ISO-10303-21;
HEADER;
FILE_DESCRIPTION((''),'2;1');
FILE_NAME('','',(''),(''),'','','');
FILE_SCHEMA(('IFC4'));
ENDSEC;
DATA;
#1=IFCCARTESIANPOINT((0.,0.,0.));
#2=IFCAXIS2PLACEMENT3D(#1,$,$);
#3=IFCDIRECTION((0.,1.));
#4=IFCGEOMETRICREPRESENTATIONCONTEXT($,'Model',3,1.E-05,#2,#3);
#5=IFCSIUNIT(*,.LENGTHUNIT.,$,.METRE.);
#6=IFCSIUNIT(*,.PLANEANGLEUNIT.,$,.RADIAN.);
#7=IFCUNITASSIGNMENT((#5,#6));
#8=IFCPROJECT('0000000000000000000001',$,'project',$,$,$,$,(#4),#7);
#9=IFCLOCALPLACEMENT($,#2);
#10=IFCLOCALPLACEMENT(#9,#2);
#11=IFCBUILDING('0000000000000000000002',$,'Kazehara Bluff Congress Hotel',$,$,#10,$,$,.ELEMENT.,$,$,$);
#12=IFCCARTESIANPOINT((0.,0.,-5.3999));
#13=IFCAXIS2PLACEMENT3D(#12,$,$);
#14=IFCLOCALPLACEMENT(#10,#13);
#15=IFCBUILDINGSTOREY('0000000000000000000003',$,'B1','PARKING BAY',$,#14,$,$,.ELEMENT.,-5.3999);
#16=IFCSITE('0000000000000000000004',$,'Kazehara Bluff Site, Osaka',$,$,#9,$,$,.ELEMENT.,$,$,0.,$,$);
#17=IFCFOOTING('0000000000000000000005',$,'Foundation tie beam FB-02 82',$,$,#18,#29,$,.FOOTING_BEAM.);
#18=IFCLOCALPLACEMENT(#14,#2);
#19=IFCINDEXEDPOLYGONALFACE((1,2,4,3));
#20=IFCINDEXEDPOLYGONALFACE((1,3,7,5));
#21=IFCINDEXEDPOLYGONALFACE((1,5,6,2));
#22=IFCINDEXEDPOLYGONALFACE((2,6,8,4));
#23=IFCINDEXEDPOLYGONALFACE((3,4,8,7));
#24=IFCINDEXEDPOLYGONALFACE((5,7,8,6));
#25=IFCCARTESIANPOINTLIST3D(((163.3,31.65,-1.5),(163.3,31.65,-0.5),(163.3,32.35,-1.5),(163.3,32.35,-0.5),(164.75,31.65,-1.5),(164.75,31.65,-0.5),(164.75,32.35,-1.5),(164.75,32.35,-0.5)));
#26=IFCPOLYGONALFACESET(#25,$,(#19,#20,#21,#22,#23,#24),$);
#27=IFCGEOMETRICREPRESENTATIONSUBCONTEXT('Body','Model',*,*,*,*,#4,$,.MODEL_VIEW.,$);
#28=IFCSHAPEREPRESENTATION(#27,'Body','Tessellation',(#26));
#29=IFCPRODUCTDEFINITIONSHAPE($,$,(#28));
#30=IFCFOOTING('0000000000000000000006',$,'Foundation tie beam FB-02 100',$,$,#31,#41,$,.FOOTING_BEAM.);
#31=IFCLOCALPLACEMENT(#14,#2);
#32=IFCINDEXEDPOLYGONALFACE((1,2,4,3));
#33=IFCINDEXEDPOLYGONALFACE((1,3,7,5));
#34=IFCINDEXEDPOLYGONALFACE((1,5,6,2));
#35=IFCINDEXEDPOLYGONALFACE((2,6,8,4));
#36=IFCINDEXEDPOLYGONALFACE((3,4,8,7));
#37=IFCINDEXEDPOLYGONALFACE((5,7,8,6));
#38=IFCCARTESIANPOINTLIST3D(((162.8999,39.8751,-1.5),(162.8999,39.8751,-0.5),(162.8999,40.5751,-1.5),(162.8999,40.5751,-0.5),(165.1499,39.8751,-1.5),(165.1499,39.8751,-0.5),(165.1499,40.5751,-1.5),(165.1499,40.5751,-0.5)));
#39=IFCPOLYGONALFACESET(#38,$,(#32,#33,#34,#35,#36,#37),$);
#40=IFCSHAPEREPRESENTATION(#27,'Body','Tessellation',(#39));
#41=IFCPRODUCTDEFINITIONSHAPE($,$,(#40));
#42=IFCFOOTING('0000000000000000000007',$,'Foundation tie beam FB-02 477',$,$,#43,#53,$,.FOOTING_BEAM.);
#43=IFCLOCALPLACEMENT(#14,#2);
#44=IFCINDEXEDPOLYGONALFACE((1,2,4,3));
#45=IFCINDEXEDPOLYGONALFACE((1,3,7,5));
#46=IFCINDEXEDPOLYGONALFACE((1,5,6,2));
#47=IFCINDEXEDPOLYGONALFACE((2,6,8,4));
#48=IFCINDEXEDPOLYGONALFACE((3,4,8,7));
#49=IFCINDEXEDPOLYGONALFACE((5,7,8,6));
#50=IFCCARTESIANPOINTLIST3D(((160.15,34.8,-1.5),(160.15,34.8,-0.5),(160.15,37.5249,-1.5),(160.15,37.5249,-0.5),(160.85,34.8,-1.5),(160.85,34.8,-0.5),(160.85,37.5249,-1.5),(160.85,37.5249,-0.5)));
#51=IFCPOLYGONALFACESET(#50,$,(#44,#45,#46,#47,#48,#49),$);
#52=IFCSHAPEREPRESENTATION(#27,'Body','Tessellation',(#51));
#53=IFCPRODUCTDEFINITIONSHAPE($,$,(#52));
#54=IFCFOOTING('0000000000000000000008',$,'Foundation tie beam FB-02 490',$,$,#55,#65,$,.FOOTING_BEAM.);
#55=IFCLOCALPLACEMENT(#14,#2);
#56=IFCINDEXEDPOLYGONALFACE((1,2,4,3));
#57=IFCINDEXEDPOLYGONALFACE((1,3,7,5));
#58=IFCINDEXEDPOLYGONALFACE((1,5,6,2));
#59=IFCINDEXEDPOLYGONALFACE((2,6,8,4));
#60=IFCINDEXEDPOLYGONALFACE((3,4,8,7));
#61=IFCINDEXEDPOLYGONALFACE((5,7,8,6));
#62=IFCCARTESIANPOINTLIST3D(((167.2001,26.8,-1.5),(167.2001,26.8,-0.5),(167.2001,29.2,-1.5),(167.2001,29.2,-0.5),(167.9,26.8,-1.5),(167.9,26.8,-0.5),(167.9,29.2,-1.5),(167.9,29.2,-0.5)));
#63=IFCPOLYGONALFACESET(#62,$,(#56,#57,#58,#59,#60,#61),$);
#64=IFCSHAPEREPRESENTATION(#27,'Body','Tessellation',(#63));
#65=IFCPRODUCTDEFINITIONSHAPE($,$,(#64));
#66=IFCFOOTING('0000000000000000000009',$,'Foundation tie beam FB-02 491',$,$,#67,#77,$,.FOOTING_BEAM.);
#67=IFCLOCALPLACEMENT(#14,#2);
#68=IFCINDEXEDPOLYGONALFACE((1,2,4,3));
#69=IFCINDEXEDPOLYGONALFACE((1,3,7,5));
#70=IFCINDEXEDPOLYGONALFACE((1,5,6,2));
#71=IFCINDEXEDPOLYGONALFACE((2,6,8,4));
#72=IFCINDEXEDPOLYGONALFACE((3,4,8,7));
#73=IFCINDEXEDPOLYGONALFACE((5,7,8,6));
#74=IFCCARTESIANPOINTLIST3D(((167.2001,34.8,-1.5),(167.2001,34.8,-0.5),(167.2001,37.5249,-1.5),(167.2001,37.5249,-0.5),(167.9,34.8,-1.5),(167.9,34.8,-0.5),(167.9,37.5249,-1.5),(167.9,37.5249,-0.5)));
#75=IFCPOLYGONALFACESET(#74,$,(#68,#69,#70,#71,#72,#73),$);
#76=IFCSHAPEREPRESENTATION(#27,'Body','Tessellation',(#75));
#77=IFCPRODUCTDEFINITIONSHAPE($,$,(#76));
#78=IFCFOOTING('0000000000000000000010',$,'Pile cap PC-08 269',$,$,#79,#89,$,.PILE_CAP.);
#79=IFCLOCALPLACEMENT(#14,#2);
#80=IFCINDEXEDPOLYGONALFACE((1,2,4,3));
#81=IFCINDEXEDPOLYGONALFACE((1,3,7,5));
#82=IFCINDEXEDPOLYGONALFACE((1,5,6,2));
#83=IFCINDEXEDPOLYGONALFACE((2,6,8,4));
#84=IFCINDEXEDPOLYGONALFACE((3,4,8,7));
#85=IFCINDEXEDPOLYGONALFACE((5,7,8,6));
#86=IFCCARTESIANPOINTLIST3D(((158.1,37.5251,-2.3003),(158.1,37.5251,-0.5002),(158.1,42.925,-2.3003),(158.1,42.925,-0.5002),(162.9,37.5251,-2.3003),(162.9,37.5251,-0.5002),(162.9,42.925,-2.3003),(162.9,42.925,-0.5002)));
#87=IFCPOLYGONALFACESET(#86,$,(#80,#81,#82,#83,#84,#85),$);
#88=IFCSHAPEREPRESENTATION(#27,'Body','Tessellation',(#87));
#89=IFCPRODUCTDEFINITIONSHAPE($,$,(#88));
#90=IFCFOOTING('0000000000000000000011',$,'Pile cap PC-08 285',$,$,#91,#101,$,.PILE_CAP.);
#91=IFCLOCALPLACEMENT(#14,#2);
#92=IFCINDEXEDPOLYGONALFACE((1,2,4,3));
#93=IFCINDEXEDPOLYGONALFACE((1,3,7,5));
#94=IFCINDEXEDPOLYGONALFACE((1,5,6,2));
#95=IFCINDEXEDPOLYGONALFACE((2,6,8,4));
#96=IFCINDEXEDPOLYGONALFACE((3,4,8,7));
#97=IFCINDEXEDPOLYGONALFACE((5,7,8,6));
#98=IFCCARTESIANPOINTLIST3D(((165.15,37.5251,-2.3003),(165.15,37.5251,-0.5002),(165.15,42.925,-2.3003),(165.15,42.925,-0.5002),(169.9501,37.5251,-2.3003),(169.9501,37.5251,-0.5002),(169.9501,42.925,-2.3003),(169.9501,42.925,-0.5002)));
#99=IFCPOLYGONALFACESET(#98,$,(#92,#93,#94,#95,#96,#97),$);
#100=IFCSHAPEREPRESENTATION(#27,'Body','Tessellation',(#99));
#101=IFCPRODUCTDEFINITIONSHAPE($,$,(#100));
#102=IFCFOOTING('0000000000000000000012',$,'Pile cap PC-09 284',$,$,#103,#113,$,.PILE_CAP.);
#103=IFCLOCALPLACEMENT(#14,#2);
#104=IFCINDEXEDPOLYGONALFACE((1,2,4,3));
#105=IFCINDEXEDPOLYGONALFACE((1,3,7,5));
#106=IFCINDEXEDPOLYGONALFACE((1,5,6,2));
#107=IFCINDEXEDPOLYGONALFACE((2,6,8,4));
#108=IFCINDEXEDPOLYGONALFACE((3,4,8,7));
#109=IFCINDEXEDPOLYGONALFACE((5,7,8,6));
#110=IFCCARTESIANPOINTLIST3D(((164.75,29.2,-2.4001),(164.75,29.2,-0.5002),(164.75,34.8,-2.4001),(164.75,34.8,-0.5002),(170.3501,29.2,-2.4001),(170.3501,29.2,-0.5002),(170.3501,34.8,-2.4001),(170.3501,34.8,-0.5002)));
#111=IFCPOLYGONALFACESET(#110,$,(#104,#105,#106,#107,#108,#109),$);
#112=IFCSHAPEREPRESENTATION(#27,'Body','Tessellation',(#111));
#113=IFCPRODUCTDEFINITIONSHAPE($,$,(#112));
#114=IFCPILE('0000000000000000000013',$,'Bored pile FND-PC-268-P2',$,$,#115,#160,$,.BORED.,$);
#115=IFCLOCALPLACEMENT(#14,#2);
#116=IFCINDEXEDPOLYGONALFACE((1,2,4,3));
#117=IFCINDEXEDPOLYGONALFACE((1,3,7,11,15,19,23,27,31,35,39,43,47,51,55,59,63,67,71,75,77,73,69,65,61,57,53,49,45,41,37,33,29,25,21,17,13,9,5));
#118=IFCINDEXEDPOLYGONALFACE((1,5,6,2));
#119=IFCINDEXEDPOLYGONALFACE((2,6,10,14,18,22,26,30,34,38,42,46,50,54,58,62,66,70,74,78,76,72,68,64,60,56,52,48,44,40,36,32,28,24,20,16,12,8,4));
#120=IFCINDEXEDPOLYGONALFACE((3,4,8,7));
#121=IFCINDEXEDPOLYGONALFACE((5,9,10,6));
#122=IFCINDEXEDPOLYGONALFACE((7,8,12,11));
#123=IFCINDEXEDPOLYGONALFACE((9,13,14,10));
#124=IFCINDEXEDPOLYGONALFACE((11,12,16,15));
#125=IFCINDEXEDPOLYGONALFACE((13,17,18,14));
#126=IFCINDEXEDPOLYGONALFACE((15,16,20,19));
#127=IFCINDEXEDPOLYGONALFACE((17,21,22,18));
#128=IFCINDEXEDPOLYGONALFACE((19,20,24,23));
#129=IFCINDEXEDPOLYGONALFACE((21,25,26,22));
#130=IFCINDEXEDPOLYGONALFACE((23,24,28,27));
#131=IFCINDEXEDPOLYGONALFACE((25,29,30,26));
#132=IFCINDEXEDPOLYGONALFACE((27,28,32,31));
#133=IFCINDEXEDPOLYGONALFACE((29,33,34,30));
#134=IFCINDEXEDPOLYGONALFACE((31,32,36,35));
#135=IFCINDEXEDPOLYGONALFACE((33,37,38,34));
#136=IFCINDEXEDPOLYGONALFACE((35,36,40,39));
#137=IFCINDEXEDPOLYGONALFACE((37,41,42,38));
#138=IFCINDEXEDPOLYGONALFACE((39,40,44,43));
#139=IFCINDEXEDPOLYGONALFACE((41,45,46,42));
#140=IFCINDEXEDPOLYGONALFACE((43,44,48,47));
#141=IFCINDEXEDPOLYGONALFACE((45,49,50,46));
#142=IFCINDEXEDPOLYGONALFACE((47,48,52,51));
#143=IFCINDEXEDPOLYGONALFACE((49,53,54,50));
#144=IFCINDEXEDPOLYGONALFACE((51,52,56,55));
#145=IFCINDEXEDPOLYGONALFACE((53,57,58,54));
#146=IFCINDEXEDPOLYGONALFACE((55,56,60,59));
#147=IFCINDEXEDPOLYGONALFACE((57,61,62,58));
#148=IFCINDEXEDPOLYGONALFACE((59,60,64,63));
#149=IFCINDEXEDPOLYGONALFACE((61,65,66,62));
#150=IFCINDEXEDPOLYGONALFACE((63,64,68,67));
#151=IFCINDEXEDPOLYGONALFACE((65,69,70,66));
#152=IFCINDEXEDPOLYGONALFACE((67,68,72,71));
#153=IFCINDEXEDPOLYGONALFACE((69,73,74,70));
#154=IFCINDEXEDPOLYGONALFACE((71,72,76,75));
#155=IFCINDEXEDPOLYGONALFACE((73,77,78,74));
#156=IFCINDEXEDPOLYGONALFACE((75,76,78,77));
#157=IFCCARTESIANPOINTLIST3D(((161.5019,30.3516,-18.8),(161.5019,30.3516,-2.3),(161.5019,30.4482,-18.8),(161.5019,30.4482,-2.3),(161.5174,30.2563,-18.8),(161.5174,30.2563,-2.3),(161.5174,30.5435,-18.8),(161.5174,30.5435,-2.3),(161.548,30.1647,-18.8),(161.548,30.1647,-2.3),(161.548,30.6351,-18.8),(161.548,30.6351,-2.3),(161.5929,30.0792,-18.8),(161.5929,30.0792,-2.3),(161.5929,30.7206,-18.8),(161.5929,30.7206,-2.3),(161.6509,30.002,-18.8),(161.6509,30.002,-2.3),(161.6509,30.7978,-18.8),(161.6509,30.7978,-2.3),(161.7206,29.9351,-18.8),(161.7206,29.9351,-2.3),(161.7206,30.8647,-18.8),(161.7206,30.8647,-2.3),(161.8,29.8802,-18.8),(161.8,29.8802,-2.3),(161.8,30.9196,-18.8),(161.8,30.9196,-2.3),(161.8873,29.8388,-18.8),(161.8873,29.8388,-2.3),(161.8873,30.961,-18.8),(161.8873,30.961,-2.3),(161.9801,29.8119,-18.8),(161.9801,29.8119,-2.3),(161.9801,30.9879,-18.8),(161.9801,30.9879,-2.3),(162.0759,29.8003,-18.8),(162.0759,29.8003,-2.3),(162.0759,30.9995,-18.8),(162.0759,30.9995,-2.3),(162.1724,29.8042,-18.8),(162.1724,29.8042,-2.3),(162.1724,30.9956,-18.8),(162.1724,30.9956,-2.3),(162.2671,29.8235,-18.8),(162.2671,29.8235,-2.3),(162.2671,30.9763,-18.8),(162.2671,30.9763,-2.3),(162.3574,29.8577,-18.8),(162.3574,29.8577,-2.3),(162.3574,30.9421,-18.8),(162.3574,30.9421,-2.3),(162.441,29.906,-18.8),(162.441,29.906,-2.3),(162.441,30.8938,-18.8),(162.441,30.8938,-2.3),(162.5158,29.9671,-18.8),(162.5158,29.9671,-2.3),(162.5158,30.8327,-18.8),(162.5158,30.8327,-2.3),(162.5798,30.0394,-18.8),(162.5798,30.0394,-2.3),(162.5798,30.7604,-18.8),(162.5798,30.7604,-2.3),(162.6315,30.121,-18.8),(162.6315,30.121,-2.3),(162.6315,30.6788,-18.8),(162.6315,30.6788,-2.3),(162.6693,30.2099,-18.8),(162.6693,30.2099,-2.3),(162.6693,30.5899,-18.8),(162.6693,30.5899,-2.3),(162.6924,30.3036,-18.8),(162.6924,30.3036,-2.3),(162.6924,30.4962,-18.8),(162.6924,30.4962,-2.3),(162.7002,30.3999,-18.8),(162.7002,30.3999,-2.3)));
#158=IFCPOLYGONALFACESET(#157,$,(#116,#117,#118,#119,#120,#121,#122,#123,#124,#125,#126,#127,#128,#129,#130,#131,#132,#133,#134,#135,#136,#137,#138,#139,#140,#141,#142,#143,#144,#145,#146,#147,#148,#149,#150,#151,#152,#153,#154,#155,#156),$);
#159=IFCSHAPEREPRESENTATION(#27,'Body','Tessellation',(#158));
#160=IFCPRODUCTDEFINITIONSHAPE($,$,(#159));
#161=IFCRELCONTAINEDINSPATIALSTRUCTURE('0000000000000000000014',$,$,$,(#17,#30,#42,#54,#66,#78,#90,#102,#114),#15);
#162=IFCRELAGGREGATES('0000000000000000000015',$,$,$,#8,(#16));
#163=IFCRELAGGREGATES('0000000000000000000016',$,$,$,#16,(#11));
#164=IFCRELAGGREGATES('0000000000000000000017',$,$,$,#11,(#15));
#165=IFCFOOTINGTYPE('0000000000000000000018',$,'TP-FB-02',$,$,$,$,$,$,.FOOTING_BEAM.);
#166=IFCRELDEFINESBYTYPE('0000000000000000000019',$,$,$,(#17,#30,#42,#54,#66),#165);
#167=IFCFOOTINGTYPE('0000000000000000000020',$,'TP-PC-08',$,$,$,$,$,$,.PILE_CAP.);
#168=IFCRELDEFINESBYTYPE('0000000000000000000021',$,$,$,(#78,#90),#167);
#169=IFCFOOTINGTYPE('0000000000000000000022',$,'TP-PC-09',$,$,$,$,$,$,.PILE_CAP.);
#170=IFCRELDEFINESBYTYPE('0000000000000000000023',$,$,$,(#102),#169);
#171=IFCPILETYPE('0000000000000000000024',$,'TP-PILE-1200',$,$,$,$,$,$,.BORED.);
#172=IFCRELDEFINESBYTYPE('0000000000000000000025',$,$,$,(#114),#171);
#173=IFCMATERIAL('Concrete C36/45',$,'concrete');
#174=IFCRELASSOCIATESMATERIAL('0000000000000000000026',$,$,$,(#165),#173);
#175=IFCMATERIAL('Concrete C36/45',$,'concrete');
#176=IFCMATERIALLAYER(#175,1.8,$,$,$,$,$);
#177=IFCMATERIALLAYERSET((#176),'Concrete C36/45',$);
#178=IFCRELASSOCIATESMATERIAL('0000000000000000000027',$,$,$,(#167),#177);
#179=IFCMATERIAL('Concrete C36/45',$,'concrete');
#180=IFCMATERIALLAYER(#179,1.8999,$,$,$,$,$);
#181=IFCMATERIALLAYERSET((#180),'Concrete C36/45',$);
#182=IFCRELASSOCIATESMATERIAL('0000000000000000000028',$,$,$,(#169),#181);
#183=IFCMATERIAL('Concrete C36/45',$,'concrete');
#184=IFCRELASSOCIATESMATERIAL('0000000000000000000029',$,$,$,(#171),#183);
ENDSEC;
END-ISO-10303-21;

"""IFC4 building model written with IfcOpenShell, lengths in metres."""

from ifc_helpers import new_model, si_unit, direction, frame, origin, origin_2d, place, context, subcontext, project, spatial, rectangle, circle, extrude, material, layer, layer_set, material_profile, profile_set, type_object, element, save


model = new_model("IFC4")

# Units and contexts
model_context = context("Model", 3, precision=1e-05, world=origin(), true_north=direction((0.0, 1.0)))
body_context = subcontext(model_context, "Body", "Model", "MODEL_VIEW")
ifc_project = project(units=[si_unit("LENGTHUNIT", "METRE"), si_unit("PLANEANGLEUNIT", "RADIAN")], contexts=[model_context])

# Site, building, storey
site_placement = place(None, origin())
site = spatial("IfcSite", under=ifc_project, at=site_placement, Name="Kazehara Bluff Site, Osaka", CompositionType="ELEMENT", RefElevation=0.0)
building_placement = place(site_placement, origin())
building = spatial("IfcBuilding", under=site, at=building_placement, Name="Kazehara Bluff Congress Hotel", CompositionType="ELEMENT")
storey_placement = place(building_placement, frame((0.0, 0.0, -5.3999)))
storey = spatial("IfcBuildingStorey", under=building, at=storey_placement, Name="B1", Description="PARKING BAY", CompositionType="ELEMENT", Elevation=-5.3999)

# Footings
ifc_material_1 = material(Name="Concrete C36/45", Category="concrete")
ifc_material_profile_1 = material_profile(ifc_material_1, rectangle(XDim=0.7, YDim=1.0, at=origin_2d()))
ifc_profile_set_1 = profile_set([ifc_material_profile_1], Name="Concrete C36/45")
footing_type_1 = type_object("IfcFootingType", Name="TP-FB-02", PredefinedType="FOOTING_BEAM", material=ifc_profile_set_1)
footing_1_placement = place(storey_placement, frame((163.3, 32.0, -1.0), z_axis=(1.0, 0.0, 0.0), x_axis=(0.0, 1.0, 0.0)))
element("IfcFooting", 1, at=footing_1_placement, inside=storey, type_object=footing_type_1, Name="Foundation tie beam FB-02 82", PredefinedType="FOOTING_BEAM", context=body_context, shape_type="SweptSolid", body=[
    extrude(rectangle(XDim=0.7, YDim=1.0, at=origin_2d()), origin(), (0.0, 0.0, 1.0), 1.45),
])
footing_2_placement = place(storey_placement, frame((162.8999, 40.2251, -1.0), z_axis=(1.0, 0.0, 0.0), x_axis=(0.0, 1.0, 0.0)))
element("IfcFooting", 2, at=footing_2_placement, inside=storey, type_object=footing_type_1, Name="Foundation tie beam FB-02 100", PredefinedType="FOOTING_BEAM", context=body_context, shape_type="SweptSolid", body=[
    extrude(rectangle(XDim=0.7, YDim=1.0, at=origin_2d()), origin(), (0.0, 0.0, 1.0), 2.25),
])
footing_3_placement = place(storey_placement, frame((160.5, 34.8, -1.0), z_axis=(0.0, 1.0, 0.0), x_axis=(-1.0, 0.0, 0.0)))
element("IfcFooting", 3, at=footing_3_placement, inside=storey, type_object=footing_type_1, Name="Foundation tie beam FB-02 477", PredefinedType="FOOTING_BEAM", context=body_context, shape_type="SweptSolid", body=[
    extrude(rectangle(XDim=0.7, YDim=1.0, at=origin_2d()), origin(), (0.0, 0.0, 1.0), 2.7249),
])
footing_4_placement = place(storey_placement, frame((167.55, 26.8, -1.0), z_axis=(0.0, 1.0, 0.0), x_axis=(-1.0, 0.0, 0.0)))
element("IfcFooting", 4, at=footing_4_placement, inside=storey, type_object=footing_type_1, Name="Foundation tie beam FB-02 490", PredefinedType="FOOTING_BEAM", context=body_context, shape_type="SweptSolid", body=[
    extrude(rectangle(XDim=0.7, YDim=1.0, at=origin_2d()), origin(), (0.0, 0.0, 1.0), 2.3999),
])
footing_5_placement = place(storey_placement, frame((167.55, 34.8, -1.0), z_axis=(0.0, 1.0, 0.0), x_axis=(-1.0, 0.0, 0.0)))
element("IfcFooting", 5, at=footing_5_placement, inside=storey, type_object=footing_type_1, Name="Foundation tie beam FB-02 491", PredefinedType="FOOTING_BEAM", context=body_context, shape_type="SweptSolid", body=[
    extrude(rectangle(XDim=0.7, YDim=1.0, at=origin_2d()), origin(), (0.0, 0.0, 1.0), 2.7249),
])
ifc_material_2 = material(Name="Concrete C36/45", Category="concrete")
ifc_layer_1 = layer(ifc_material_2, 1.8)
ifc_layer_set_1 = layer_set([ifc_layer_1], Name="Concrete C36/45")
footing_type_2 = type_object("IfcFootingType", Name="TP-PC-08", PredefinedType="PILE_CAP", material=ifc_layer_set_1)
for number, where, z_axis, x_axis, name in (
    (6, (160.5, 40.2251, -2.3003), (0.0, 0.0, 1.0), (1.0, 0.0, 0.0), "Pile cap PC-08 269"),
    (7, (167.55, 40.2251, -2.3003), (0.0, 0.0, 1.0), (1.0, 0.0, 0.0), "Pile cap PC-08 285"),
):
    element("IfcFooting", number, at=place(storey_placement, frame(where, z_axis=z_axis, x_axis=x_axis)), inside=storey, type_object=footing_type_2, Name=name, PredefinedType="PILE_CAP", context=body_context, shape_type="SweptSolid", body=[
        extrude(rectangle(XDim=4.8, YDim=5.3999, at=origin_2d()), origin(), (0.0, 0.0, 1.0), 1.8),
    ])
ifc_material_3 = material(Name="Concrete C36/45", Category="concrete")
ifc_layer_2 = layer(ifc_material_3, 1.8999)
ifc_layer_set_2 = layer_set([ifc_layer_2], Name="Concrete C36/45")
footing_type_3 = type_object("IfcFootingType", Name="TP-PC-09", PredefinedType="PILE_CAP", material=ifc_layer_set_2)
footing_6_placement = place(storey_placement, frame((167.55, 32.0, -2.4001), z_axis=(0.0, 0.0, 1.0), x_axis=(1.0, 0.0, 0.0)))
element("IfcFooting", 8, at=footing_6_placement, inside=storey, type_object=footing_type_3, Name="Pile cap PC-09 284", PredefinedType="PILE_CAP", context=body_context, shape_type="SweptSolid", body=[
    extrude(rectangle(XDim=5.6001, YDim=5.6001, at=origin_2d()), origin(), (0.0, 0.0, 1.0), 1.8999),
])

# Pile
ifc_material_4 = material(Name="Concrete C36/45", Category="concrete")
ifc_material_profile_2 = material_profile(ifc_material_4, circle(Radius=0.6001, at=origin_2d()))
ifc_profile_set_2 = profile_set([ifc_material_profile_2], Name="Concrete C36/45")
pile_type = type_object("IfcPileType", Name="TP-PILE-1200", PredefinedType="BORED", material=ifc_profile_set_2)
for number, where, z_axis, x_axis, name in (
    (9, (162.1001, 30.3999, -2.3), (0.0, 0.0, -1.0), (1.0, 0.0, 0.0), "Bored pile FND-PC-268-P2"),
):
    element("IfcPile", number, at=place(storey_placement, frame(where, z_axis=z_axis, x_axis=x_axis)), inside=storey, type_object=pile_type, Name=name, PredefinedType="BORED", context=body_context, shape_type="SweptSolid", body=[
        extrude(circle(Radius=0.6001, at=origin_2d()), origin(), (0.0, 0.0, 1.0), 16.5),
    ])

save(model, "model.ifc")
